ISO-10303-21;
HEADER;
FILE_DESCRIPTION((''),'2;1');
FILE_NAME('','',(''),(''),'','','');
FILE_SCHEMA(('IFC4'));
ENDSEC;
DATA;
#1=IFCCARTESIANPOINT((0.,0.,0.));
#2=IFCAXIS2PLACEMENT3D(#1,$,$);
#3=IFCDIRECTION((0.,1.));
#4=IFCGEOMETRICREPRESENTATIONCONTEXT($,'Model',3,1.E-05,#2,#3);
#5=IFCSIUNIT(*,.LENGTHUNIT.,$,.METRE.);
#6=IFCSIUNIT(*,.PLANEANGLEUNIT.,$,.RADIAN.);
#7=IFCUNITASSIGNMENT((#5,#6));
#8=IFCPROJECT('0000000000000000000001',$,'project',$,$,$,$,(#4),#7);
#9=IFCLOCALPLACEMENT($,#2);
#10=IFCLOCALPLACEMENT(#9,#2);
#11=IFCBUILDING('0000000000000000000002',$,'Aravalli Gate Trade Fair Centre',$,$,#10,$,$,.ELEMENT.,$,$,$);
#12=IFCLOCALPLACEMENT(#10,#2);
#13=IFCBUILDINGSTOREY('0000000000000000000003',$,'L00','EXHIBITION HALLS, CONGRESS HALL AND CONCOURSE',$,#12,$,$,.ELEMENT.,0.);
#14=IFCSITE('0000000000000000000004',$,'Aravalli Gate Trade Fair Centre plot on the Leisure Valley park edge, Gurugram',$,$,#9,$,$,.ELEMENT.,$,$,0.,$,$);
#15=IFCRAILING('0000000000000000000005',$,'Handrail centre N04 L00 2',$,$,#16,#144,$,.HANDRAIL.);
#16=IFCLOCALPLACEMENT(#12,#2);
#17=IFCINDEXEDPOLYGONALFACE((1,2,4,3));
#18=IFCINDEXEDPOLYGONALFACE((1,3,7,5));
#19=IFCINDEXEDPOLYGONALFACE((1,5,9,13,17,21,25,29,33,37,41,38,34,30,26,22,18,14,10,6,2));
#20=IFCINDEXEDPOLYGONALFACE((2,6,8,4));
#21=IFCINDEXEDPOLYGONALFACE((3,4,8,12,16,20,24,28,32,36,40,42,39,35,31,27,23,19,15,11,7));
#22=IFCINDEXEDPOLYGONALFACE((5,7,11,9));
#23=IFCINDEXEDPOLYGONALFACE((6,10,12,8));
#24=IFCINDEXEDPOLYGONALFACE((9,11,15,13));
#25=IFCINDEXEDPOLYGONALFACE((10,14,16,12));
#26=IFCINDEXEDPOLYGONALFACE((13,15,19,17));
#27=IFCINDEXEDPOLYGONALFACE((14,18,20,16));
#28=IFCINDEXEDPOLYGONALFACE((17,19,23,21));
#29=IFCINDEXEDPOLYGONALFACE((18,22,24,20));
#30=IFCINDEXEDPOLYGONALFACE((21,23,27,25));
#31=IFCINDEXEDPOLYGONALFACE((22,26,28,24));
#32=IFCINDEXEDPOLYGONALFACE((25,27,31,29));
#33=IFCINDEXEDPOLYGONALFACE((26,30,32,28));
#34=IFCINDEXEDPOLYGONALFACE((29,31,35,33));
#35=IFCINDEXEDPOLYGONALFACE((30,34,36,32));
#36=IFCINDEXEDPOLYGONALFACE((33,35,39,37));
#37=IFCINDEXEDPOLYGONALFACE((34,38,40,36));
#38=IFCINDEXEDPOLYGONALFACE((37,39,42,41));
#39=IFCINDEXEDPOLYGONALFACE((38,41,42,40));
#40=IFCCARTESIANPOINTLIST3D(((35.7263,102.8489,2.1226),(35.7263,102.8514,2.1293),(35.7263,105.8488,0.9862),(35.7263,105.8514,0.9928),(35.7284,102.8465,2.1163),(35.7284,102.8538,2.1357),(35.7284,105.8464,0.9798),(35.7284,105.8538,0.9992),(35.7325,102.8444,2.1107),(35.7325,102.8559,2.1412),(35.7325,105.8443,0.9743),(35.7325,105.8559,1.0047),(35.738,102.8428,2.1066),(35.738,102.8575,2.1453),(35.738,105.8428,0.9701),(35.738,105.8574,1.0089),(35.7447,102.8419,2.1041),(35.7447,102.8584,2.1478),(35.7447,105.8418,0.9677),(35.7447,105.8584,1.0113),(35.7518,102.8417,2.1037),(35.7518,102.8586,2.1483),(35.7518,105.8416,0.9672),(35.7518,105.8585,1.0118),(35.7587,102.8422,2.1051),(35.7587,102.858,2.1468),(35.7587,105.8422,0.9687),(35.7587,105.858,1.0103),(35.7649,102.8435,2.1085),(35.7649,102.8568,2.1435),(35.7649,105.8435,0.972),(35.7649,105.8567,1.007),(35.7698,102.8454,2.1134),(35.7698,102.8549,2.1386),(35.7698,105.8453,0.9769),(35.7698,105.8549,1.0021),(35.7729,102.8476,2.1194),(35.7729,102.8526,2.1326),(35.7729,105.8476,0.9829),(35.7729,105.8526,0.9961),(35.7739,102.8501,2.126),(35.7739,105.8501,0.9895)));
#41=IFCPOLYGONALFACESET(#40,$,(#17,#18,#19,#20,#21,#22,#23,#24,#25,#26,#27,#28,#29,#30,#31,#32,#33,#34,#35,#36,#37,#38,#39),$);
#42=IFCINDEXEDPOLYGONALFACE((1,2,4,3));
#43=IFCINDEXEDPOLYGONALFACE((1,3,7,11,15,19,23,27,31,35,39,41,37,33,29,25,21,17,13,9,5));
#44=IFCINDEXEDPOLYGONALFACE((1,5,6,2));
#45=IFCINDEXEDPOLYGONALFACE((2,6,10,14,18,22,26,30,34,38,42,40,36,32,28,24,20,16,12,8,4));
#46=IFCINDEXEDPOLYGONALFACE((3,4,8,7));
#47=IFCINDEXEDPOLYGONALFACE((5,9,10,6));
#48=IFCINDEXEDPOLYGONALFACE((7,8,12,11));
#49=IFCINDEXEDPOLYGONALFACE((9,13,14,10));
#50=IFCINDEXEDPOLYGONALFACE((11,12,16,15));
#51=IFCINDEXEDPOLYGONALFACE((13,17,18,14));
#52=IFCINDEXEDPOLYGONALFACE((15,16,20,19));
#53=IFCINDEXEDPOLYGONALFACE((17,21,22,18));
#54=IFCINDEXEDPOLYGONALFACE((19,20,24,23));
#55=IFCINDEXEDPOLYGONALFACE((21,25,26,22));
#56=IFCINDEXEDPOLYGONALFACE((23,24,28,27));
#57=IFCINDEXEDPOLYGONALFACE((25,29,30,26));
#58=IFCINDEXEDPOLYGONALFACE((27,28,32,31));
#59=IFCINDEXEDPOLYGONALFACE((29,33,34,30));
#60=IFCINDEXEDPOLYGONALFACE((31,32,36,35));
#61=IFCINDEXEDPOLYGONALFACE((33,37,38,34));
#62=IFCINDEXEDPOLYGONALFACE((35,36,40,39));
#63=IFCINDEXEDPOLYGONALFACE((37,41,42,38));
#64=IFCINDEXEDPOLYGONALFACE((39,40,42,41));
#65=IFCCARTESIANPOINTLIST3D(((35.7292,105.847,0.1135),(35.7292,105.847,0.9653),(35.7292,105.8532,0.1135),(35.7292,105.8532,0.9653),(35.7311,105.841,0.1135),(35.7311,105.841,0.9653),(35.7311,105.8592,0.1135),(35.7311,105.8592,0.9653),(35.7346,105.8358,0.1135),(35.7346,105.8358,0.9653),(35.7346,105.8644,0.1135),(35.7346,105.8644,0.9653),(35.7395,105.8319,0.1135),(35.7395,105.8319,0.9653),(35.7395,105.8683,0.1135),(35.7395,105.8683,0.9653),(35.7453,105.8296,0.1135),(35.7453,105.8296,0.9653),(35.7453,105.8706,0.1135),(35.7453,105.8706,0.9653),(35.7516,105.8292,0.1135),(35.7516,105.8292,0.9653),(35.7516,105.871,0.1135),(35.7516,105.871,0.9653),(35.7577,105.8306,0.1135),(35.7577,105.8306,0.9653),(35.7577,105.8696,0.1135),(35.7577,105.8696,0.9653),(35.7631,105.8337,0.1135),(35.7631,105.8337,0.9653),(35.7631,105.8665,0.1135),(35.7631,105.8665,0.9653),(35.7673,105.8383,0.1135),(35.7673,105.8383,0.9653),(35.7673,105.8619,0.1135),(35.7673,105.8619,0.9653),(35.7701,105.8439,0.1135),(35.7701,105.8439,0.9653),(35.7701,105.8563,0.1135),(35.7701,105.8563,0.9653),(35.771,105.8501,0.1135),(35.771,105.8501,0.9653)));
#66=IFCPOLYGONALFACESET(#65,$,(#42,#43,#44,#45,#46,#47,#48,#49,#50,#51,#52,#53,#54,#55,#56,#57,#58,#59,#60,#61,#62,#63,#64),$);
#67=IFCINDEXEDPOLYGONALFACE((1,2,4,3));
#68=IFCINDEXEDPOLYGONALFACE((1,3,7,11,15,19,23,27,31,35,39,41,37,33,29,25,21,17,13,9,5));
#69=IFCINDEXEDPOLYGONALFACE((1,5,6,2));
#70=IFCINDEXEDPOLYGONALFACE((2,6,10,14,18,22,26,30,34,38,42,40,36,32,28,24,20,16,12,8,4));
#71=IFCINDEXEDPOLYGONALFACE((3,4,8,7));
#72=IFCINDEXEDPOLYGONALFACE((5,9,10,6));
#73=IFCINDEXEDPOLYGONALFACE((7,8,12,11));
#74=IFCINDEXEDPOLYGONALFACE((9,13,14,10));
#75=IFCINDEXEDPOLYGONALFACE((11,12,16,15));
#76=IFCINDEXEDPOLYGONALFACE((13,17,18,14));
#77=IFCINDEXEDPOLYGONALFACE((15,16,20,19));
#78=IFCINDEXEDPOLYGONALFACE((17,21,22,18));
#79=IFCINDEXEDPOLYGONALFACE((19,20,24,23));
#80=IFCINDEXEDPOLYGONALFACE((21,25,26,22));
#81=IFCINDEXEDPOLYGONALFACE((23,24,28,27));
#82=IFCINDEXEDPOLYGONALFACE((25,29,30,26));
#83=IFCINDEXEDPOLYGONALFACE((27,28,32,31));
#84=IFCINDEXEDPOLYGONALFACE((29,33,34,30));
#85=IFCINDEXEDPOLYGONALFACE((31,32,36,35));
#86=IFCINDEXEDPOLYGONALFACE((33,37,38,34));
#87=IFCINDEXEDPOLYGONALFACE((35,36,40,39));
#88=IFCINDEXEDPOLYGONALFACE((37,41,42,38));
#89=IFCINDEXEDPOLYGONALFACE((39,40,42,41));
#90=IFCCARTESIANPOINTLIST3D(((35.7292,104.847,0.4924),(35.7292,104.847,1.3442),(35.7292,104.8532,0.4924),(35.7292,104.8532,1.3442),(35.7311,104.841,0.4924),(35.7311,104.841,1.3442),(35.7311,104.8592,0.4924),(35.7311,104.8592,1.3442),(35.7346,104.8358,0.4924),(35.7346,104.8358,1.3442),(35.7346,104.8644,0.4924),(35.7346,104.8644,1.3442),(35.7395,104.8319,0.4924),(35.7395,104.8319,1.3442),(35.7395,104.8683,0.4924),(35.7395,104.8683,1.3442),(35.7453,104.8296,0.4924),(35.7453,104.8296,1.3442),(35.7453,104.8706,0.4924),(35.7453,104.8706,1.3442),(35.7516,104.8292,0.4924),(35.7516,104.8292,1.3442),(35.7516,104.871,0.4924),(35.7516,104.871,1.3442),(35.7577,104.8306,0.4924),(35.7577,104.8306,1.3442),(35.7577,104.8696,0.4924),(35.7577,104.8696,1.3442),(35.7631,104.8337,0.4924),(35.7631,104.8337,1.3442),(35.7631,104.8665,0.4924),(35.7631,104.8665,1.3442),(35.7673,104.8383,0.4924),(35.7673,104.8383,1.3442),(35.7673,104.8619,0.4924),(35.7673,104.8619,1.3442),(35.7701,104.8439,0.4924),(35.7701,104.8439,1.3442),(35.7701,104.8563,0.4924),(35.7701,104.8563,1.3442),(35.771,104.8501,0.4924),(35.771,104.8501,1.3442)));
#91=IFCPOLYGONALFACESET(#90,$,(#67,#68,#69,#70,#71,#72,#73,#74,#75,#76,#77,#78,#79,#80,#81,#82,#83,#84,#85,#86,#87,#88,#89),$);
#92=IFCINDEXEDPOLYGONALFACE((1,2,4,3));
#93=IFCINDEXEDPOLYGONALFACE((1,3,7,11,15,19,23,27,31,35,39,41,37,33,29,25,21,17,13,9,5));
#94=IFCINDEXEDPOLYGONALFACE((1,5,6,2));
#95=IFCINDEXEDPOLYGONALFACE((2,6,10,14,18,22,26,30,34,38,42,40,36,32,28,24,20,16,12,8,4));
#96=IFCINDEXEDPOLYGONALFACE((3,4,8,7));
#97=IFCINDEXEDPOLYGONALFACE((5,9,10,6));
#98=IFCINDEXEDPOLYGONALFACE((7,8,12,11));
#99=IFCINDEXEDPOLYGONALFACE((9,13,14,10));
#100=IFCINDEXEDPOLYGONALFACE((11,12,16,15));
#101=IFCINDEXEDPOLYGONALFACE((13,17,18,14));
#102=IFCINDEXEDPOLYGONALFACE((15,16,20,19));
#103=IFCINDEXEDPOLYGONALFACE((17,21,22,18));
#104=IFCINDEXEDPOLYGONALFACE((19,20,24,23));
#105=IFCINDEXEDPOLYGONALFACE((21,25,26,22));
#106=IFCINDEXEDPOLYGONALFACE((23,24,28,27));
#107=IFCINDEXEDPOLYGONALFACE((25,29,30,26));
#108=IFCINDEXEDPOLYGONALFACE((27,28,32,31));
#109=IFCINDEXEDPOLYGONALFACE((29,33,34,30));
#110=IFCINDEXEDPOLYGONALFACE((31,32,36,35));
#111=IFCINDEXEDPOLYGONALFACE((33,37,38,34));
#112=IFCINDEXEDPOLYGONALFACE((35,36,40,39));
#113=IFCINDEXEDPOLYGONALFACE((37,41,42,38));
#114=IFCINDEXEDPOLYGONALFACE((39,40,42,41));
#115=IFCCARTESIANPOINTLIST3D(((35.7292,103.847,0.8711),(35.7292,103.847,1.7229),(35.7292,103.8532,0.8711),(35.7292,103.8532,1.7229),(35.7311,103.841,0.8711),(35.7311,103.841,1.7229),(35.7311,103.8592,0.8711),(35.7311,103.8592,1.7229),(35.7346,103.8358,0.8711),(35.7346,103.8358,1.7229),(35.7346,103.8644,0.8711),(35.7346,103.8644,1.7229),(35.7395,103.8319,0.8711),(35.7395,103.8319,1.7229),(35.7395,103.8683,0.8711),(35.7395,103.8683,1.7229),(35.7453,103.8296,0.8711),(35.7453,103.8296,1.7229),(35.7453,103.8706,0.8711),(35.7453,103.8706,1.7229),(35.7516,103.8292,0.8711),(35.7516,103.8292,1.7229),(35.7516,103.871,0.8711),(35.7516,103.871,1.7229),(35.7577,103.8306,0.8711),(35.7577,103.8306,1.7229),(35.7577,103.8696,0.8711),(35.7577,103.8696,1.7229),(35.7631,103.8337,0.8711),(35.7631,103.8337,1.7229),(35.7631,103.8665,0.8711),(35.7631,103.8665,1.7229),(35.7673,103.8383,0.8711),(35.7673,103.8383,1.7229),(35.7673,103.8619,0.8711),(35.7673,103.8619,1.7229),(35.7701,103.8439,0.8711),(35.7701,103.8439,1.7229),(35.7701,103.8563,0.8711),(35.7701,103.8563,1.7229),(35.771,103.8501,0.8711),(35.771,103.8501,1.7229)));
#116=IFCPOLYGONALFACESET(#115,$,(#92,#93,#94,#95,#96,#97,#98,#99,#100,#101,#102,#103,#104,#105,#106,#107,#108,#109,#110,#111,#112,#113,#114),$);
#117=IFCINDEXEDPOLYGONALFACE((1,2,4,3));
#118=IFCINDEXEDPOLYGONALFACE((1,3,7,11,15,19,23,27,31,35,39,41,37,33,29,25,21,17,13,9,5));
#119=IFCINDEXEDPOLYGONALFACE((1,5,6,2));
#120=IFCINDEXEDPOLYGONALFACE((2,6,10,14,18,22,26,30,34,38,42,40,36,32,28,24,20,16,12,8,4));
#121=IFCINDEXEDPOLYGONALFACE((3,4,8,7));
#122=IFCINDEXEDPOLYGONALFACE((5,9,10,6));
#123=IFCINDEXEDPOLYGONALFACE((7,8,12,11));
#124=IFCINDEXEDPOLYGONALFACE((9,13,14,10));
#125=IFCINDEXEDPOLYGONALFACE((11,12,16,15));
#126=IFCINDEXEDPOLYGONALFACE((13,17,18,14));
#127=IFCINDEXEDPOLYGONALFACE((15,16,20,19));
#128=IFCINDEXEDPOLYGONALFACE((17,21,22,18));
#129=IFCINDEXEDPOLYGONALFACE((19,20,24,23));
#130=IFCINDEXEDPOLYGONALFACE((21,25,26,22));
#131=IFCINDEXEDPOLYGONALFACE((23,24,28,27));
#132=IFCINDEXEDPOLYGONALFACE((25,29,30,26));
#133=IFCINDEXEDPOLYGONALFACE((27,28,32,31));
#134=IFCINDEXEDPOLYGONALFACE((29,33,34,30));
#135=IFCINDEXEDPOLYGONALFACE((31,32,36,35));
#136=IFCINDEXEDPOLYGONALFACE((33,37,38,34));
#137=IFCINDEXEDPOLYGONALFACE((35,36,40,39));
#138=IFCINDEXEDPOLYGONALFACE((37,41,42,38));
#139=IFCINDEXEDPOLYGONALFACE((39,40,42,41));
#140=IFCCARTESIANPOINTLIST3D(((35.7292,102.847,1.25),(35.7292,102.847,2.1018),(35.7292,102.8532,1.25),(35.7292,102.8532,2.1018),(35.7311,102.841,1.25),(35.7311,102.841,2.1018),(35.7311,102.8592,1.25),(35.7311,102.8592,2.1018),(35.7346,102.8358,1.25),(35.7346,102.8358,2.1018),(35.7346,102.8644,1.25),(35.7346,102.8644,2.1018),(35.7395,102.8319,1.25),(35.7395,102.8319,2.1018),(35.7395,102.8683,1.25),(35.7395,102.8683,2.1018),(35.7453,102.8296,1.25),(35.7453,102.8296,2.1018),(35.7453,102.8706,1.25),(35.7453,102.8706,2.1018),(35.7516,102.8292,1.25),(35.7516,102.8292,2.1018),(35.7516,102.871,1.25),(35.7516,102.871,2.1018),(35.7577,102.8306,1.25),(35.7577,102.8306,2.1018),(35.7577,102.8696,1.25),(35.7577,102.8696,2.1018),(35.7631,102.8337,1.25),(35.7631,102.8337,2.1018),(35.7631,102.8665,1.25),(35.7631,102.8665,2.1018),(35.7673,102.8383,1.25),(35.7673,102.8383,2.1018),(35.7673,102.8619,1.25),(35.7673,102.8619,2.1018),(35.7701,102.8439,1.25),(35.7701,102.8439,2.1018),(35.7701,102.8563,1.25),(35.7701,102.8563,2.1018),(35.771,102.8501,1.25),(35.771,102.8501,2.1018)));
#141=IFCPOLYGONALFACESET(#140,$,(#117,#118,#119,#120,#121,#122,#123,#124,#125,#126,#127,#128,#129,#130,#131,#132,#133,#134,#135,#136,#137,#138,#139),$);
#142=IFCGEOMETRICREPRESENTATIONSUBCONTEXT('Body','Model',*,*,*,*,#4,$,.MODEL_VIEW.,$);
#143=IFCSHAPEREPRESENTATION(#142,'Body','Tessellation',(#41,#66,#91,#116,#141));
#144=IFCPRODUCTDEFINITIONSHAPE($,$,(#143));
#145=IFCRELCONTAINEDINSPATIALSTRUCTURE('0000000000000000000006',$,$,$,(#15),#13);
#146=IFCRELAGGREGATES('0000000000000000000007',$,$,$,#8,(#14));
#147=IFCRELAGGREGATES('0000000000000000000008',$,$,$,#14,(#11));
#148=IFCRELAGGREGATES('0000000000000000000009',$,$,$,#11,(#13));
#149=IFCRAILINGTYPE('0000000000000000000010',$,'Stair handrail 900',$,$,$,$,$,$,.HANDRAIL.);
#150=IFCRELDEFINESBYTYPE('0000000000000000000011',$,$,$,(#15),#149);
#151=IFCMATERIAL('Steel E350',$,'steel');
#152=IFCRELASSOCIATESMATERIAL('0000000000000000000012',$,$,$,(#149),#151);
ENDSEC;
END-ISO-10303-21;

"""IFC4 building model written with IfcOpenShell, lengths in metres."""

from ifc_helpers import new_model, si_unit, direction, frame, origin, origin_2d, place, context, subcontext, project, spatial, circle, extrude, material, type_object, element, save


model = new_model("IFC4")

# Units and contexts
model_context = context("Model", 3, precision=1e-05, world=origin(), true_north=direction((0.0, 1.0)))
body_context = subcontext(model_context, "Body", "Model", "MODEL_VIEW")
ifc_project = project(units=[si_unit("LENGTHUNIT", "METRE"), si_unit("PLANEANGLEUNIT", "RADIAN")], contexts=[model_context])

# Site, building, storey
site_placement = place(None, origin())
site = spatial("IfcSite", under=ifc_project, at=site_placement, Name="Aravalli Gate Trade Fair Centre plot on the Leisure Valley park edge, Gurugram", CompositionType="ELEMENT", RefElevation=0.0)
building_placement = place(site_placement, origin())
building = spatial("IfcBuilding", under=site, at=building_placement, Name="Aravalli Gate Trade Fair Centre", CompositionType="ELEMENT")
storey_placement = place(building_placement, origin())
storey = spatial("IfcBuildingStorey", under=building, at=storey_placement, Name="L00", Description="EXHIBITION HALLS, CONGRESS HALL AND CONCOURSE", CompositionType="ELEMENT", Elevation=0.0)

# Shared definitions
ifc_material_1 = material(Name="Steel E350", Category="steel")

# Railing
railing_type = type_object("IfcRailingType", Name="Stair handrail 900", PredefinedType="HANDRAIL", material=ifc_material_1)
for number, where, name in (
    (1, (35.75, 105.8501, 0.1135), "Handrail centre N04 L00 2"),
):
    element("IfcRailing", number, at=place(storey_placement, frame(where)), inside=storey, type_object=railing_type, Name=name, PredefinedType="HANDRAIL", context=body_context, shape_type="SweptSolid", body=[
        extrude(circle(Radius=0.0239, at=origin_2d()), frame((0.0, 0.0, 0.876), z_axis=(0.0, -0.935148, 0.354257), x_axis=(1.0, 0.0, 0.0)), (0.0, 0.0, 1.0), 3.208),
        extrude(circle(Radius=0.021, at=origin_2d()), origin(), (0.0, 0.0, 1.0), 0.8518),
        extrude(circle(Radius=0.021, at=origin_2d()), frame((0.0, -1.0, 0.3789)), (0.0, 0.0, 1.0), 0.8518),
        extrude(circle(Radius=0.021, at=origin_2d()), frame((0.0, -2.0, 0.7576)), (0.0, 0.0, 1.0), 0.8518),
        extrude(circle(Radius=0.021, at=origin_2d()), frame((0.0, -3.0, 1.1365)), (0.0, 0.0, 1.0), 0.8518),
    ])

save(model, "model.ifc")
